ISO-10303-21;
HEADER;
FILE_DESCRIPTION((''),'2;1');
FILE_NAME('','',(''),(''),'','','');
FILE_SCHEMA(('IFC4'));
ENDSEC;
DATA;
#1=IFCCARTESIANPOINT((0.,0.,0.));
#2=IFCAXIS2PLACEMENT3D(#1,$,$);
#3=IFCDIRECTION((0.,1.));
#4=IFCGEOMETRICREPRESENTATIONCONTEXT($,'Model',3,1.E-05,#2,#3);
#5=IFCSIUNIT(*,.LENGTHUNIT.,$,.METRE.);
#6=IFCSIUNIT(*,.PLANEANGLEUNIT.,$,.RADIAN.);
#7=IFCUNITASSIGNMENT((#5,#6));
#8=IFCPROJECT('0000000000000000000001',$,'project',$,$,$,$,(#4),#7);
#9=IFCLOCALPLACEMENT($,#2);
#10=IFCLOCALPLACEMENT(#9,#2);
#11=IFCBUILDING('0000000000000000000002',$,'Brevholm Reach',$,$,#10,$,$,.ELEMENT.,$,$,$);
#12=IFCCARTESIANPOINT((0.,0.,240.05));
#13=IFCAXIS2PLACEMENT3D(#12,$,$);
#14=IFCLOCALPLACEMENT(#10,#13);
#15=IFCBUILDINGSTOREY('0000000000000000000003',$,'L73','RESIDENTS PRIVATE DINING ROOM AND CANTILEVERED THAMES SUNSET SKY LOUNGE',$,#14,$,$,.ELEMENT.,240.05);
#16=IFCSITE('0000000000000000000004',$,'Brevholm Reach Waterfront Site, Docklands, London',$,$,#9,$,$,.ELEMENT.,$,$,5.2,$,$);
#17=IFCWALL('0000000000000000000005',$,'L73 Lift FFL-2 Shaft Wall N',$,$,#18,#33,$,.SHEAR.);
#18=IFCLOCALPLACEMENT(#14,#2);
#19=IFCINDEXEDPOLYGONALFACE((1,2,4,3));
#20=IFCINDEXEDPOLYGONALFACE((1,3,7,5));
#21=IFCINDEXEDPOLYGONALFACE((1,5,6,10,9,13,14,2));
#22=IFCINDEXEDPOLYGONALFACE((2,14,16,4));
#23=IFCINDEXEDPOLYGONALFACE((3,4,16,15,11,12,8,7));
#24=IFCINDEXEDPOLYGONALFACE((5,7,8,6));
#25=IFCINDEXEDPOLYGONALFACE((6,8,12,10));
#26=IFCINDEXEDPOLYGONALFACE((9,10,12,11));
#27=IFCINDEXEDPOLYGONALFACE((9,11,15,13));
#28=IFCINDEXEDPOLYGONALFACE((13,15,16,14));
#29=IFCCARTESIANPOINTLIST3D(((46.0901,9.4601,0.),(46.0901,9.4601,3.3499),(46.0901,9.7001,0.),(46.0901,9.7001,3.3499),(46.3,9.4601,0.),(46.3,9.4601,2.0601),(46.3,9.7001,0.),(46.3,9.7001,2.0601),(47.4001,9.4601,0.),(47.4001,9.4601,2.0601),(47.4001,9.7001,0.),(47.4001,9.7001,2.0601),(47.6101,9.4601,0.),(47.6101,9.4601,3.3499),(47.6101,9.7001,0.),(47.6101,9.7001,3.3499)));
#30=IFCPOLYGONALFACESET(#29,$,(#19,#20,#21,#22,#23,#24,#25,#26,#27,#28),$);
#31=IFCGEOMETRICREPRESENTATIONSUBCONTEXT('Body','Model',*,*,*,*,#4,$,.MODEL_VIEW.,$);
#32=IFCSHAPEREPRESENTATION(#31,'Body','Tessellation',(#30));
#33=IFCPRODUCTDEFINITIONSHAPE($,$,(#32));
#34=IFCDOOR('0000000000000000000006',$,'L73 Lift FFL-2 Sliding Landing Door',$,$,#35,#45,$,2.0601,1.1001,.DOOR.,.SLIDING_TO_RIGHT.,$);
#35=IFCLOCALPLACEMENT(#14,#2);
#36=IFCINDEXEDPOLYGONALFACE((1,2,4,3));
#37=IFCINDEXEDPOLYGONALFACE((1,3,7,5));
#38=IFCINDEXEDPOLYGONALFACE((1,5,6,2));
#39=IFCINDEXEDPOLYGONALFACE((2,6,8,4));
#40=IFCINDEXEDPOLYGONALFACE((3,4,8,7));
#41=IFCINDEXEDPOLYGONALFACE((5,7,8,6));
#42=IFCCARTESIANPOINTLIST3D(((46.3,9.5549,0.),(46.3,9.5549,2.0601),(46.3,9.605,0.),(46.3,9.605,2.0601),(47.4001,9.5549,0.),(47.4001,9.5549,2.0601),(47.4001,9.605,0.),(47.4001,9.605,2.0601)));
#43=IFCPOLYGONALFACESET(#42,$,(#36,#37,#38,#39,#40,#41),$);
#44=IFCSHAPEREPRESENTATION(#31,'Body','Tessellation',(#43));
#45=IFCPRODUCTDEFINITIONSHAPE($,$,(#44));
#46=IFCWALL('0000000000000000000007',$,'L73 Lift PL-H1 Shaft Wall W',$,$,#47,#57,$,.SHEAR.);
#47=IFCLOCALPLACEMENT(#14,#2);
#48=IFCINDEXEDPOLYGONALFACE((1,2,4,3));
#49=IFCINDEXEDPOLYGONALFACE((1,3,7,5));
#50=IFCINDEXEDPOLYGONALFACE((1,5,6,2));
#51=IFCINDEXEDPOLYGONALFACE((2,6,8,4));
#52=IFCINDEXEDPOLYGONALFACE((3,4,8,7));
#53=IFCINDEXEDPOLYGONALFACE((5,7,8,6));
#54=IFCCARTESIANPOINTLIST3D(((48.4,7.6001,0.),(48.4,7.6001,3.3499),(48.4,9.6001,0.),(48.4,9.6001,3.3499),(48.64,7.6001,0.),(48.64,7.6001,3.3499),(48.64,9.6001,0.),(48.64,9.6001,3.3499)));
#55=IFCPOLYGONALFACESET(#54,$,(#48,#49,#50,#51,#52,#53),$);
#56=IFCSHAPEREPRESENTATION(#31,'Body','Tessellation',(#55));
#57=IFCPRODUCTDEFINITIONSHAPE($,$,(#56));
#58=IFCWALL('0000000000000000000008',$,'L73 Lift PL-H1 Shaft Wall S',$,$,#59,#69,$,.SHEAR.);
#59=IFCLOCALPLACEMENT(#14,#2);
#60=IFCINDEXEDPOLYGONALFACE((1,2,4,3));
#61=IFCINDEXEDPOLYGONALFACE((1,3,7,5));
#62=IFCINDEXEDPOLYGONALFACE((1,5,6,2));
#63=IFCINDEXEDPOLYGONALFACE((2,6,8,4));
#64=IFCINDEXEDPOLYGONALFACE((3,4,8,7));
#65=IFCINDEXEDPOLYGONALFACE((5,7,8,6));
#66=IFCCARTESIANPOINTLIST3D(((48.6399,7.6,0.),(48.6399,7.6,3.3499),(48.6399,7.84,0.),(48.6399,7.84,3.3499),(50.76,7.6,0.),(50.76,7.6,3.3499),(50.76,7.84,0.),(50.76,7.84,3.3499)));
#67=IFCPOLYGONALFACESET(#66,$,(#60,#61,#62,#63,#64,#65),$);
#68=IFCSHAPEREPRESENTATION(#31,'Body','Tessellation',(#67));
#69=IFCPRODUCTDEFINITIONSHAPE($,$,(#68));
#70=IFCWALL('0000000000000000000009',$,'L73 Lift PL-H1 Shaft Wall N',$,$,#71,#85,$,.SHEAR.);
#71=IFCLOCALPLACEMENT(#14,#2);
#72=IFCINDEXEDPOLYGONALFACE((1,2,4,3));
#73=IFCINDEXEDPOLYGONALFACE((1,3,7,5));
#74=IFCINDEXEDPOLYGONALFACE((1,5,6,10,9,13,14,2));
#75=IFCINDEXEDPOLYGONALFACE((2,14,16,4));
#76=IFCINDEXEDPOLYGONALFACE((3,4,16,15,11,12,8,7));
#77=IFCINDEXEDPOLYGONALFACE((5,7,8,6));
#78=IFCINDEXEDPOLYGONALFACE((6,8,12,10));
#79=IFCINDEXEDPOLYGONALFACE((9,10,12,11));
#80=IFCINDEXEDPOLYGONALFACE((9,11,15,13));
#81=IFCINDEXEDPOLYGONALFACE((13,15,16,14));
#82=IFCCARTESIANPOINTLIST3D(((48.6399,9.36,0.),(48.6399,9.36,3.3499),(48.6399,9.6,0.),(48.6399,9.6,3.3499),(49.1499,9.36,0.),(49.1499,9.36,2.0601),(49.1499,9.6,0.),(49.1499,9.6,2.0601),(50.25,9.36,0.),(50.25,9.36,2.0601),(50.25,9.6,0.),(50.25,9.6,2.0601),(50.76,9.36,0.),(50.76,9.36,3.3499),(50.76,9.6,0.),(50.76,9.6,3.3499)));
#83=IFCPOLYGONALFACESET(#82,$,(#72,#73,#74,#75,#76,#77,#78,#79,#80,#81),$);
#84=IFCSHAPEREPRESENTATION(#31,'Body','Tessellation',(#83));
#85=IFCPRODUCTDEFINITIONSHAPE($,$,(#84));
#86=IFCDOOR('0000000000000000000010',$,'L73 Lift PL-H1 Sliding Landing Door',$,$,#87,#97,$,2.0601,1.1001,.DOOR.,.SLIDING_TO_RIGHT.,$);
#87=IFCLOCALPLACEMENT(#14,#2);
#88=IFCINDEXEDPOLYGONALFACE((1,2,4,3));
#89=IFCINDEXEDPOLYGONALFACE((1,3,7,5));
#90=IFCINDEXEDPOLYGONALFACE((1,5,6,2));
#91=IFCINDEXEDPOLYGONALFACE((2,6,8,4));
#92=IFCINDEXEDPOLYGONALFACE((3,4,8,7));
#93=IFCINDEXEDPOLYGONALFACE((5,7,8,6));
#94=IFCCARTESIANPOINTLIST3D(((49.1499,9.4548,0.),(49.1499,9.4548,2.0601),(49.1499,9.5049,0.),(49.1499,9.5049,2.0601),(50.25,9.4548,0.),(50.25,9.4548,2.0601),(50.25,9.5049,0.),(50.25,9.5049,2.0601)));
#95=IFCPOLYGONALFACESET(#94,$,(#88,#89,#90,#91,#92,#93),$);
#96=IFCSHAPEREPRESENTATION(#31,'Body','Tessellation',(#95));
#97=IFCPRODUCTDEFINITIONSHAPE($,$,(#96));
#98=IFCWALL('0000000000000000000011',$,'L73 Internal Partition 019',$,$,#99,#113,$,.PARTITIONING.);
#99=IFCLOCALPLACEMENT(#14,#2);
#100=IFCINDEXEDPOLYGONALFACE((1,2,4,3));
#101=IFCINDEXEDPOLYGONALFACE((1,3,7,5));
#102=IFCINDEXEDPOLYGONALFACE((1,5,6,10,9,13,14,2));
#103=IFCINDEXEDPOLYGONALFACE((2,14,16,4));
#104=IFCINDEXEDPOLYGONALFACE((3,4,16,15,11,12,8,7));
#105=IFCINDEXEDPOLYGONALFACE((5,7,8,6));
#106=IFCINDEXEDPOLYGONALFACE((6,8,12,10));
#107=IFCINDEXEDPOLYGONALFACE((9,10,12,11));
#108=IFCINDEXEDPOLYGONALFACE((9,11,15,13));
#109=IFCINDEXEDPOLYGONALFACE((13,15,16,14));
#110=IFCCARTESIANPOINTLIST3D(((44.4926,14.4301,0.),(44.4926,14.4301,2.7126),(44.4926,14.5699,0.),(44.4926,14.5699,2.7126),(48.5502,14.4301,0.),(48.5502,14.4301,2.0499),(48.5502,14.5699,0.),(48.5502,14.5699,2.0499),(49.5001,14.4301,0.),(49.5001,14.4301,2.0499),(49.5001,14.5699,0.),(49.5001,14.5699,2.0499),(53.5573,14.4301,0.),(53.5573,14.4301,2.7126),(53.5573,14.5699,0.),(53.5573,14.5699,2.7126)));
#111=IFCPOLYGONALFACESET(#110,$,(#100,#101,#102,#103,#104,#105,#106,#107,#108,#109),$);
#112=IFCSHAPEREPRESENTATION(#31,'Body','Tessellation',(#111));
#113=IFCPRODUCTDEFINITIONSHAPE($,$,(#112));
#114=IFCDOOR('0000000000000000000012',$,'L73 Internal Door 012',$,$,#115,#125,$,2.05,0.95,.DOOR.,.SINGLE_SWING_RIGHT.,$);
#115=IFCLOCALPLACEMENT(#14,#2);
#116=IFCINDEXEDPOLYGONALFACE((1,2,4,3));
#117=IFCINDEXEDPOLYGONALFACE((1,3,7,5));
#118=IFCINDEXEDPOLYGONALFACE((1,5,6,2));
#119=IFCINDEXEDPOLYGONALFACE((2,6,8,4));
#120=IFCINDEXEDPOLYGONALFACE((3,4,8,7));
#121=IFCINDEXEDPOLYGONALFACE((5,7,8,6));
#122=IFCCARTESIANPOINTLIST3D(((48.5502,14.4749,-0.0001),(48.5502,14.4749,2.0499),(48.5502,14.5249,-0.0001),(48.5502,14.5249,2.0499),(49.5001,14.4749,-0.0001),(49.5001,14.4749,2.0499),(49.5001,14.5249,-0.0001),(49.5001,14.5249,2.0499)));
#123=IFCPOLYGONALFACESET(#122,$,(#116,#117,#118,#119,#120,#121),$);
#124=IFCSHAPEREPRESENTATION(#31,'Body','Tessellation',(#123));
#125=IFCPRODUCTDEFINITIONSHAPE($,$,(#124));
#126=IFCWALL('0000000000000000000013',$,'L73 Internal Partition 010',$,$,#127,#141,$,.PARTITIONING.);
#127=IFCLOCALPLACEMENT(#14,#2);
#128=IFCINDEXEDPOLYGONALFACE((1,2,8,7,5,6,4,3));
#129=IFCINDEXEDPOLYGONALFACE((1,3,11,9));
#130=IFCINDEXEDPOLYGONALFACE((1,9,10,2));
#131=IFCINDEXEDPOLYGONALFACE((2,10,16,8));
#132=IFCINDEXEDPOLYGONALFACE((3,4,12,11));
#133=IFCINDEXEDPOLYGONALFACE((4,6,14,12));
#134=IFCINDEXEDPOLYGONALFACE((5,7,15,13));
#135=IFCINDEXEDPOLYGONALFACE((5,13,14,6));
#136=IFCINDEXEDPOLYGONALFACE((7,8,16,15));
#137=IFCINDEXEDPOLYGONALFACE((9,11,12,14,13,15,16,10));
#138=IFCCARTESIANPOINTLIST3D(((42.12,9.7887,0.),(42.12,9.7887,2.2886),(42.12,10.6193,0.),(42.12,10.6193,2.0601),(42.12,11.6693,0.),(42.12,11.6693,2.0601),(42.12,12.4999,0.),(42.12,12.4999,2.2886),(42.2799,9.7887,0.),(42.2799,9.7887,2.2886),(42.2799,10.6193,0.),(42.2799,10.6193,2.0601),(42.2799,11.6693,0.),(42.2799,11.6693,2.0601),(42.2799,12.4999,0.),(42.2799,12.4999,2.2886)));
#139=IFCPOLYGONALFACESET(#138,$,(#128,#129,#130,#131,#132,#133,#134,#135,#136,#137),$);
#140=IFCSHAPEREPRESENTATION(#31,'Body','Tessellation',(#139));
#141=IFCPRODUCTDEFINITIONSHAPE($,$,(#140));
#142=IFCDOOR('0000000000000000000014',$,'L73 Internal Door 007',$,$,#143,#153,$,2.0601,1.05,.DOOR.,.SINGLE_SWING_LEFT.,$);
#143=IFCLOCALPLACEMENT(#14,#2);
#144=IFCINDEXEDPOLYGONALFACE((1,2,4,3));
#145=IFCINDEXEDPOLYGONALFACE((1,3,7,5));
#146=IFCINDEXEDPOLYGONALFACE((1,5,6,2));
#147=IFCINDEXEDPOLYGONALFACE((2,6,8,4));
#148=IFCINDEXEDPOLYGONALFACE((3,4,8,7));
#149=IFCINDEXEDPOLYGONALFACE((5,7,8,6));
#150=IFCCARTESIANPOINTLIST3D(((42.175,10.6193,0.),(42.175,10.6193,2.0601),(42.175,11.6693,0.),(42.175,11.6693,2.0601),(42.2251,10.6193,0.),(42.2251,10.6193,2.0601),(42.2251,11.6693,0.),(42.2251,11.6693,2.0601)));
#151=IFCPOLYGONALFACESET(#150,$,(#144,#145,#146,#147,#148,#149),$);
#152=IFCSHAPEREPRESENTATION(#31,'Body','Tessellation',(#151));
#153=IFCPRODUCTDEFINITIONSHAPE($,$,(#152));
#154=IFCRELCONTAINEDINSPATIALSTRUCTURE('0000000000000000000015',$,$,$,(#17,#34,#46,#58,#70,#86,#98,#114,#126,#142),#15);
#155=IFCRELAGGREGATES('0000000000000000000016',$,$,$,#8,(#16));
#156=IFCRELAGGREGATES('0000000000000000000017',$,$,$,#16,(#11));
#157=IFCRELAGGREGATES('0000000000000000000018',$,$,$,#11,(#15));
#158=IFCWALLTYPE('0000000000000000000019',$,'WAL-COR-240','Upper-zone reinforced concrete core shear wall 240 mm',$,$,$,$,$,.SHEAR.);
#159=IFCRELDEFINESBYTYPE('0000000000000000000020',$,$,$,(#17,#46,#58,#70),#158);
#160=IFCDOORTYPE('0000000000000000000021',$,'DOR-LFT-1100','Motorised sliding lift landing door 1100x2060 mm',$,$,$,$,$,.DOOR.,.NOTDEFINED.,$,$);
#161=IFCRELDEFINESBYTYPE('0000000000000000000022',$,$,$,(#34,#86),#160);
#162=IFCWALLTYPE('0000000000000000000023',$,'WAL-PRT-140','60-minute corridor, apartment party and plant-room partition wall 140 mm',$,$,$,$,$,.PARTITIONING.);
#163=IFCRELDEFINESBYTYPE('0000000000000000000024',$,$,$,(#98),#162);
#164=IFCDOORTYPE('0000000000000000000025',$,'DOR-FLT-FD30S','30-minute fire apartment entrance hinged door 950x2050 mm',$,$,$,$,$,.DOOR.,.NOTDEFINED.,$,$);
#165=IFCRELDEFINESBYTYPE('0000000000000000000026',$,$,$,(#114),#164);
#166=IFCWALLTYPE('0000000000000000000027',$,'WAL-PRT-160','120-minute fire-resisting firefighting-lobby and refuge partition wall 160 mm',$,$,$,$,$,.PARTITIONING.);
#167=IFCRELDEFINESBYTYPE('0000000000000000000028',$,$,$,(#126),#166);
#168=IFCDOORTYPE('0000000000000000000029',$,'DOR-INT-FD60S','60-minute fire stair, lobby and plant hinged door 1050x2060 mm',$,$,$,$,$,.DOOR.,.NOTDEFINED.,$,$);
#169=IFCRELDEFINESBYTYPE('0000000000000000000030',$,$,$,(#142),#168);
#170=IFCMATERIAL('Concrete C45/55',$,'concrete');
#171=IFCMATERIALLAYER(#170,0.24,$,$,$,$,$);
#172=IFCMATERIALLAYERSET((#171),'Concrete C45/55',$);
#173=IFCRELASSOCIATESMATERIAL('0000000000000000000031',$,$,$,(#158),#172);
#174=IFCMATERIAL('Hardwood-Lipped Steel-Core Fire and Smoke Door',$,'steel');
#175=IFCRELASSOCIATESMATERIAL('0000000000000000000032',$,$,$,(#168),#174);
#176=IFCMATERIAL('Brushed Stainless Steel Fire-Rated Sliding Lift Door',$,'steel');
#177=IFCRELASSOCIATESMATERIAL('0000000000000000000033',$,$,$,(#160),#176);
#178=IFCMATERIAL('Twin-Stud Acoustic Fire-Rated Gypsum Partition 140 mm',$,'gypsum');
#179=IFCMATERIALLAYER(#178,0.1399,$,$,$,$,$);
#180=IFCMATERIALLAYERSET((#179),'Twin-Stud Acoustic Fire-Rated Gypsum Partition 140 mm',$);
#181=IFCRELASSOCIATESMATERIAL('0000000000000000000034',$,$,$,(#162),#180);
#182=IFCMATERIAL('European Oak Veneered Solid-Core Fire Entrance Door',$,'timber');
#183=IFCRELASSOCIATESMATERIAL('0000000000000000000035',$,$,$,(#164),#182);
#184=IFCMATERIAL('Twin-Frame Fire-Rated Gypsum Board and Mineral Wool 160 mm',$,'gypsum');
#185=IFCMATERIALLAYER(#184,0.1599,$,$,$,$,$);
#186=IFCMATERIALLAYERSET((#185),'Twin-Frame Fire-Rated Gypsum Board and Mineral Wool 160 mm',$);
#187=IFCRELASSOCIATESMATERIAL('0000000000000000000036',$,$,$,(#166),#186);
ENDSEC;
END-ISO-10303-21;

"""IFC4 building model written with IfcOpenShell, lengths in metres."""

from ifc_helpers import new_model, si_unit, direction, frame, frame_2d, origin, place, context, subcontext, project, spatial, rectangle, extrude, material, layer, layer_set, type_object, element, fill, save


model = new_model("IFC4")

# Units and contexts
model_context = context("Model", 3, precision=1e-05, world=origin(), true_north=direction((0.0, 1.0)))
body_context = subcontext(model_context, "Body", "Model", "MODEL_VIEW")
ifc_project = project(units=[si_unit("LENGTHUNIT", "METRE"), si_unit("PLANEANGLEUNIT", "RADIAN")], contexts=[model_context])

# Site, building, storey
site_placement = place(None, origin())
site = spatial("IfcSite", under=ifc_project, at=site_placement, Name="Brevholm Reach Waterfront Site, Docklands, London", CompositionType="ELEMENT", RefElevation=5.2)
building_placement = place(site_placement, origin())
building = spatial("IfcBuilding", under=site, at=building_placement, Name="Brevholm Reach", CompositionType="ELEMENT")
storey_placement = place(building_placement, frame((0.0, 0.0, 240.05)))
storey = spatial("IfcBuildingStorey", under=building, at=storey_placement, Name="L73", Description="RESIDENTS PRIVATE DINING ROOM AND CANTILEVERED THAMES SUNSET SKY LOUNGE", CompositionType="ELEMENT", Elevation=240.05)

# Wall, opening, door
ifc_material_1 = material(Name="Concrete C45/55", Category="concrete")
ifc_layer_1 = layer(ifc_material_1, 0.24)
ifc_layer_set_1 = layer_set([ifc_layer_1], Name="Concrete C45/55")
wall_type_1 = type_object("IfcWallType", Name="WAL-COR-240", Description="Upper-zone reinforced concrete core shear wall 240 mm", PredefinedType="SHEAR", material=ifc_layer_set_1)
ifc_material_2 = material(Name="Hardwood-Lipped Steel-Core Fire and Smoke Door", Category="steel")
door_type_1 = type_object("IfcDoorType", Name="DOR-INT-FD60S", Description="60-minute fire stair, lobby and plant hinged door 1050x2060 mm", OperationType="NOTDEFINED", PredefinedType="DOOR", material=ifc_material_2)
wall_1_placement = place(storey_placement, frame((46.0901, 9.5801, 0.0), z_axis=(0.0, 0.0, 1.0), x_axis=(1.0, 0.0, 0.0)))
wall_1 = element("IfcWall", 1, at=wall_1_placement, inside=storey, type_object=wall_type_1, Name="L73 Lift FFL-2 Shaft Wall N", PredefinedType="SHEAR", context=body_context, shape_type="SweptSolid", body=[
    extrude(rectangle(XDim=1.52, YDim=0.24, at=frame_2d((0.76, 0.0))), origin(), (0.0, 0.0, 1.0), 3.3499),
])
opening_1_placement = place(wall_1_placement, frame((0.21, 0.0, 0.0)))
opening_1 = element("IfcOpeningElement", 2, at=opening_1_placement, cuts=wall_1, PredefinedType="OPENING", context=body_context, shape_type="SweptSolid", body=[
    extrude(rectangle(XDim=1.1001, YDim=2.0601, at=frame_2d((0.55, 1.03))), frame((0.0, 0.1299, 0.0), z_axis=(0.0, -1.0, 0.0), x_axis=(1.0, 0.0, 0.0)), (0.0, 0.0, 1.0), 0.26),
])
ifc_material_3 = material(Name="Brushed Stainless Steel Fire-Rated Sliding Lift Door", Category="steel")
door_type_2 = type_object("IfcDoorType", Name="DOR-LFT-1100", Description="Motorised sliding lift landing door 1100x2060 mm", OperationType="NOTDEFINED", PredefinedType="DOOR", material=ifc_material_3)
door_1_placement = place(opening_1_placement, origin())
door_1 = element("IfcDoor", 3, at=door_1_placement, inside=storey, type_object=door_type_2, Name="L73 Lift FFL-2 Sliding Landing Door", OperationType="SLIDING_TO_RIGHT", OverallHeight=2.0601, OverallWidth=1.1001, PredefinedType="DOOR", context=body_context, shape_type="SweptSolid", body=[
    extrude(rectangle(XDim=1.1001, YDim=2.0601, at=frame_2d((0.55, 1.03))), frame((0.0, 0.0249, 0.0), z_axis=(0.0, -1.0, 0.0), x_axis=(1.0, 0.0, 0.0)), (0.0, 0.0, 1.0), 0.05),
])
fill(opening_1, door_1)

# Walls
wall_2_placement = place(storey_placement, frame((48.52, 7.6001, 0.0), z_axis=(0.0, 0.0, 1.0), x_axis=(0.0, 1.0, 0.0)))
element("IfcWall", 4, at=wall_2_placement, inside=storey, type_object=wall_type_1, Name="L73 Lift PL-H1 Shaft Wall W", PredefinedType="SHEAR", context=body_context, shape_type="SweptSolid", body=[
    extrude(rectangle(XDim=2.0, YDim=0.24, at=frame_2d((1.0, 0.0))), origin(), (0.0, 0.0, 1.0), 3.3499),
])
wall_3_placement = place(storey_placement, frame((48.6399, 7.72, 0.0), z_axis=(0.0, 0.0, 1.0), x_axis=(1.0, 0.0, 0.0)))
element("IfcWall", 5, at=wall_3_placement, inside=storey, type_object=wall_type_1, Name="L73 Lift PL-H1 Shaft Wall S", PredefinedType="SHEAR", context=body_context, shape_type="SweptSolid", body=[
    extrude(rectangle(XDim=2.1201, YDim=0.24, at=frame_2d((1.0601, 0.0))), origin(), (0.0, 0.0, 1.0), 3.3499),
])

# Walls, openings, doors
wall_4_placement = place(storey_placement, frame((48.6399, 9.48, 0.0), z_axis=(0.0, 0.0, 1.0), x_axis=(1.0, 0.0, 0.0)))
wall_4 = element("IfcWall", 6, at=wall_4_placement, inside=storey, type_object=wall_type_1, Name="L73 Lift PL-H1 Shaft Wall N", PredefinedType="SHEAR", context=body_context, shape_type="SweptSolid", body=[
    extrude(rectangle(XDim=2.1201, YDim=0.24, at=frame_2d((1.0601, 0.0))), origin(), (0.0, 0.0, 1.0), 3.3499),
])
opening_2_placement = place(wall_4_placement, frame((0.51, 0.0, 0.0)))
opening_2 = element("IfcOpeningElement", 7, at=opening_2_placement, cuts=wall_4, PredefinedType="OPENING", context=body_context, shape_type="SweptSolid", body=[
    extrude(rectangle(XDim=1.1001, YDim=2.0601, at=frame_2d((0.55, 1.03))), frame((0.0, 0.1299, 0.0), z_axis=(0.0, -1.0, 0.0), x_axis=(1.0, 0.0, 0.0)), (0.0, 0.0, 1.0), 0.26),
])
door_2_placement = place(opening_2_placement, origin())
door_2 = element("IfcDoor", 8, at=door_2_placement, inside=storey, type_object=door_type_2, Name="L73 Lift PL-H1 Sliding Landing Door", OperationType="SLIDING_TO_RIGHT", OverallHeight=2.0601, OverallWidth=1.1001, PredefinedType="DOOR", context=body_context, shape_type="SweptSolid", body=[
    extrude(rectangle(XDim=1.1001, YDim=2.0601, at=frame_2d((0.55, 1.03))), frame((0.0, 0.0249, 0.0), z_axis=(0.0, -1.0, 0.0), x_axis=(1.0, 0.0, 0.0)), (0.0, 0.0, 1.0), 0.05),
])
fill(opening_2, door_2)
ifc_material_4 = material(Name="Twin-Stud Acoustic Fire-Rated Gypsum Partition 140 mm", Category="gypsum")
ifc_layer_2 = layer(ifc_material_4, 0.1399)
ifc_layer_set_2 = layer_set([ifc_layer_2], Name="Twin-Stud Acoustic Fire-Rated Gypsum Partition 140 mm")
wall_type_2 = type_object("IfcWallType", Name="WAL-PRT-140", Description="60-minute corridor, apartment party and plant-room partition wall 140 mm", PredefinedType="PARTITIONING", material=ifc_layer_set_2)
wall_5_placement = place(storey_placement, frame((44.4927, 14.5, 0.0), z_axis=(0.0, 0.0, 1.0), x_axis=(1.0, 0.0, 0.0)))
wall_5 = element("IfcWall", 9, at=wall_5_placement, inside=storey, type_object=wall_type_2, Name="L73 Internal Partition 019", PredefinedType="PARTITIONING", context=body_context, shape_type="SweptSolid", body=[
    extrude(rectangle(XDim=9.0647, YDim=0.1399, at=frame_2d((4.5322, 0.0))), origin(), (0.0, 0.0, 1.0), 2.7126),
])
opening_3_placement = place(wall_5_placement, frame((4.0574, 0.0, 0.0)))
opening_3 = element("IfcOpeningElement", 10, at=opening_3_placement, cuts=wall_5, PredefinedType="OPENING", context=body_context, shape_type="SweptSolid", body=[
    extrude(rectangle(XDim=0.95, YDim=2.05, at=frame_2d((0.4751, 1.0249))), frame((0.0, 0.0798, 0.0), z_axis=(0.0, -1.0, 0.0), x_axis=(1.0, 0.0, 0.0)), (0.0, 0.0, 1.0), 0.1599),
])
ifc_material_5 = material(Name="European Oak Veneered Solid-Core Fire Entrance Door", Category="timber")
door_type_3 = type_object("IfcDoorType", Name="DOR-FLT-FD30S", Description="30-minute fire apartment entrance hinged door 950x2050 mm", OperationType="NOTDEFINED", PredefinedType="DOOR", material=ifc_material_5)
door_3_placement = place(opening_3_placement, origin())
door_3 = element("IfcDoor", 11, at=door_3_placement, inside=storey, type_object=door_type_3, Name="L73 Internal Door 012", OperationType="SINGLE_SWING_RIGHT", OverallHeight=2.05, OverallWidth=0.95, PredefinedType="DOOR", context=body_context, shape_type="SweptSolid", body=[
    extrude(rectangle(XDim=0.95, YDim=2.05, at=frame_2d((0.4751, 1.0249))), frame((0.0, 0.0249, 0.0), z_axis=(0.0, -1.0, 0.0), x_axis=(1.0, 0.0, 0.0)), (0.0, 0.0, 1.0), 0.05),
])
fill(opening_3, door_3)
ifc_material_6 = material(Name="Twin-Frame Fire-Rated Gypsum Board and Mineral Wool 160 mm", Category="gypsum")
ifc_layer_3 = layer(ifc_material_6, 0.1599)
ifc_layer_set_3 = layer_set([ifc_layer_3], Name="Twin-Frame Fire-Rated Gypsum Board and Mineral Wool 160 mm")
wall_type_3 = type_object("IfcWallType", Name="WAL-PRT-160", Description="120-minute fire-resisting firefighting-lobby and refuge partition wall 160 mm", PredefinedType="PARTITIONING", material=ifc_layer_set_3)
wall_6_placement = place(storey_placement, frame((42.2, 9.7888, 0.0), z_axis=(0.0, 0.0, 1.0), x_axis=(0.0, 1.0, 0.0)))
wall_6 = element("IfcWall", 12, at=wall_6_placement, inside=storey, type_object=wall_type_3, Name="L73 Internal Partition 010", PredefinedType="PARTITIONING", context=body_context, shape_type="SweptSolid", body=[
    extrude(rectangle(XDim=2.7112, YDim=0.1599, at=frame_2d((1.3555, 0.0))), origin(), (0.0, 0.0, 1.0), 2.2886),
])
opening_4_placement = place(wall_6_placement, frame((0.8306, 0.0, 0.0)))
opening_4 = element("IfcOpeningElement", 13, at=opening_4_placement, cuts=wall_6, PredefinedType="OPENING", context=body_context, shape_type="SweptSolid", body=[
    extrude(rectangle(XDim=1.05, YDim=2.0601, at=frame_2d((0.5249, 1.03))), frame((0.0, 0.0898, 0.0), z_axis=(0.0, -1.0, 0.0), x_axis=(1.0, 0.0, 0.0)), (0.0, 0.0, 1.0), 0.1799),
])
door_4_placement = place(opening_4_placement, origin())
door_4 = element("IfcDoor", 14, at=door_4_placement, inside=storey, type_object=door_type_1, Name="L73 Internal Door 007", OperationType="SINGLE_SWING_LEFT", OverallHeight=2.0601, OverallWidth=1.05, PredefinedType="DOOR", context=body_context, shape_type="SweptSolid", body=[
    extrude(rectangle(XDim=1.05, YDim=2.0601, at=frame_2d((0.5249, 1.03))), frame((0.0, 0.0249, 0.0), z_axis=(0.0, -1.0, 0.0), x_axis=(1.0, 0.0, 0.0)), (0.0, 0.0, 1.0), 0.05),
])
fill(opening_4, door_4)

save(model, "model.ifc")
